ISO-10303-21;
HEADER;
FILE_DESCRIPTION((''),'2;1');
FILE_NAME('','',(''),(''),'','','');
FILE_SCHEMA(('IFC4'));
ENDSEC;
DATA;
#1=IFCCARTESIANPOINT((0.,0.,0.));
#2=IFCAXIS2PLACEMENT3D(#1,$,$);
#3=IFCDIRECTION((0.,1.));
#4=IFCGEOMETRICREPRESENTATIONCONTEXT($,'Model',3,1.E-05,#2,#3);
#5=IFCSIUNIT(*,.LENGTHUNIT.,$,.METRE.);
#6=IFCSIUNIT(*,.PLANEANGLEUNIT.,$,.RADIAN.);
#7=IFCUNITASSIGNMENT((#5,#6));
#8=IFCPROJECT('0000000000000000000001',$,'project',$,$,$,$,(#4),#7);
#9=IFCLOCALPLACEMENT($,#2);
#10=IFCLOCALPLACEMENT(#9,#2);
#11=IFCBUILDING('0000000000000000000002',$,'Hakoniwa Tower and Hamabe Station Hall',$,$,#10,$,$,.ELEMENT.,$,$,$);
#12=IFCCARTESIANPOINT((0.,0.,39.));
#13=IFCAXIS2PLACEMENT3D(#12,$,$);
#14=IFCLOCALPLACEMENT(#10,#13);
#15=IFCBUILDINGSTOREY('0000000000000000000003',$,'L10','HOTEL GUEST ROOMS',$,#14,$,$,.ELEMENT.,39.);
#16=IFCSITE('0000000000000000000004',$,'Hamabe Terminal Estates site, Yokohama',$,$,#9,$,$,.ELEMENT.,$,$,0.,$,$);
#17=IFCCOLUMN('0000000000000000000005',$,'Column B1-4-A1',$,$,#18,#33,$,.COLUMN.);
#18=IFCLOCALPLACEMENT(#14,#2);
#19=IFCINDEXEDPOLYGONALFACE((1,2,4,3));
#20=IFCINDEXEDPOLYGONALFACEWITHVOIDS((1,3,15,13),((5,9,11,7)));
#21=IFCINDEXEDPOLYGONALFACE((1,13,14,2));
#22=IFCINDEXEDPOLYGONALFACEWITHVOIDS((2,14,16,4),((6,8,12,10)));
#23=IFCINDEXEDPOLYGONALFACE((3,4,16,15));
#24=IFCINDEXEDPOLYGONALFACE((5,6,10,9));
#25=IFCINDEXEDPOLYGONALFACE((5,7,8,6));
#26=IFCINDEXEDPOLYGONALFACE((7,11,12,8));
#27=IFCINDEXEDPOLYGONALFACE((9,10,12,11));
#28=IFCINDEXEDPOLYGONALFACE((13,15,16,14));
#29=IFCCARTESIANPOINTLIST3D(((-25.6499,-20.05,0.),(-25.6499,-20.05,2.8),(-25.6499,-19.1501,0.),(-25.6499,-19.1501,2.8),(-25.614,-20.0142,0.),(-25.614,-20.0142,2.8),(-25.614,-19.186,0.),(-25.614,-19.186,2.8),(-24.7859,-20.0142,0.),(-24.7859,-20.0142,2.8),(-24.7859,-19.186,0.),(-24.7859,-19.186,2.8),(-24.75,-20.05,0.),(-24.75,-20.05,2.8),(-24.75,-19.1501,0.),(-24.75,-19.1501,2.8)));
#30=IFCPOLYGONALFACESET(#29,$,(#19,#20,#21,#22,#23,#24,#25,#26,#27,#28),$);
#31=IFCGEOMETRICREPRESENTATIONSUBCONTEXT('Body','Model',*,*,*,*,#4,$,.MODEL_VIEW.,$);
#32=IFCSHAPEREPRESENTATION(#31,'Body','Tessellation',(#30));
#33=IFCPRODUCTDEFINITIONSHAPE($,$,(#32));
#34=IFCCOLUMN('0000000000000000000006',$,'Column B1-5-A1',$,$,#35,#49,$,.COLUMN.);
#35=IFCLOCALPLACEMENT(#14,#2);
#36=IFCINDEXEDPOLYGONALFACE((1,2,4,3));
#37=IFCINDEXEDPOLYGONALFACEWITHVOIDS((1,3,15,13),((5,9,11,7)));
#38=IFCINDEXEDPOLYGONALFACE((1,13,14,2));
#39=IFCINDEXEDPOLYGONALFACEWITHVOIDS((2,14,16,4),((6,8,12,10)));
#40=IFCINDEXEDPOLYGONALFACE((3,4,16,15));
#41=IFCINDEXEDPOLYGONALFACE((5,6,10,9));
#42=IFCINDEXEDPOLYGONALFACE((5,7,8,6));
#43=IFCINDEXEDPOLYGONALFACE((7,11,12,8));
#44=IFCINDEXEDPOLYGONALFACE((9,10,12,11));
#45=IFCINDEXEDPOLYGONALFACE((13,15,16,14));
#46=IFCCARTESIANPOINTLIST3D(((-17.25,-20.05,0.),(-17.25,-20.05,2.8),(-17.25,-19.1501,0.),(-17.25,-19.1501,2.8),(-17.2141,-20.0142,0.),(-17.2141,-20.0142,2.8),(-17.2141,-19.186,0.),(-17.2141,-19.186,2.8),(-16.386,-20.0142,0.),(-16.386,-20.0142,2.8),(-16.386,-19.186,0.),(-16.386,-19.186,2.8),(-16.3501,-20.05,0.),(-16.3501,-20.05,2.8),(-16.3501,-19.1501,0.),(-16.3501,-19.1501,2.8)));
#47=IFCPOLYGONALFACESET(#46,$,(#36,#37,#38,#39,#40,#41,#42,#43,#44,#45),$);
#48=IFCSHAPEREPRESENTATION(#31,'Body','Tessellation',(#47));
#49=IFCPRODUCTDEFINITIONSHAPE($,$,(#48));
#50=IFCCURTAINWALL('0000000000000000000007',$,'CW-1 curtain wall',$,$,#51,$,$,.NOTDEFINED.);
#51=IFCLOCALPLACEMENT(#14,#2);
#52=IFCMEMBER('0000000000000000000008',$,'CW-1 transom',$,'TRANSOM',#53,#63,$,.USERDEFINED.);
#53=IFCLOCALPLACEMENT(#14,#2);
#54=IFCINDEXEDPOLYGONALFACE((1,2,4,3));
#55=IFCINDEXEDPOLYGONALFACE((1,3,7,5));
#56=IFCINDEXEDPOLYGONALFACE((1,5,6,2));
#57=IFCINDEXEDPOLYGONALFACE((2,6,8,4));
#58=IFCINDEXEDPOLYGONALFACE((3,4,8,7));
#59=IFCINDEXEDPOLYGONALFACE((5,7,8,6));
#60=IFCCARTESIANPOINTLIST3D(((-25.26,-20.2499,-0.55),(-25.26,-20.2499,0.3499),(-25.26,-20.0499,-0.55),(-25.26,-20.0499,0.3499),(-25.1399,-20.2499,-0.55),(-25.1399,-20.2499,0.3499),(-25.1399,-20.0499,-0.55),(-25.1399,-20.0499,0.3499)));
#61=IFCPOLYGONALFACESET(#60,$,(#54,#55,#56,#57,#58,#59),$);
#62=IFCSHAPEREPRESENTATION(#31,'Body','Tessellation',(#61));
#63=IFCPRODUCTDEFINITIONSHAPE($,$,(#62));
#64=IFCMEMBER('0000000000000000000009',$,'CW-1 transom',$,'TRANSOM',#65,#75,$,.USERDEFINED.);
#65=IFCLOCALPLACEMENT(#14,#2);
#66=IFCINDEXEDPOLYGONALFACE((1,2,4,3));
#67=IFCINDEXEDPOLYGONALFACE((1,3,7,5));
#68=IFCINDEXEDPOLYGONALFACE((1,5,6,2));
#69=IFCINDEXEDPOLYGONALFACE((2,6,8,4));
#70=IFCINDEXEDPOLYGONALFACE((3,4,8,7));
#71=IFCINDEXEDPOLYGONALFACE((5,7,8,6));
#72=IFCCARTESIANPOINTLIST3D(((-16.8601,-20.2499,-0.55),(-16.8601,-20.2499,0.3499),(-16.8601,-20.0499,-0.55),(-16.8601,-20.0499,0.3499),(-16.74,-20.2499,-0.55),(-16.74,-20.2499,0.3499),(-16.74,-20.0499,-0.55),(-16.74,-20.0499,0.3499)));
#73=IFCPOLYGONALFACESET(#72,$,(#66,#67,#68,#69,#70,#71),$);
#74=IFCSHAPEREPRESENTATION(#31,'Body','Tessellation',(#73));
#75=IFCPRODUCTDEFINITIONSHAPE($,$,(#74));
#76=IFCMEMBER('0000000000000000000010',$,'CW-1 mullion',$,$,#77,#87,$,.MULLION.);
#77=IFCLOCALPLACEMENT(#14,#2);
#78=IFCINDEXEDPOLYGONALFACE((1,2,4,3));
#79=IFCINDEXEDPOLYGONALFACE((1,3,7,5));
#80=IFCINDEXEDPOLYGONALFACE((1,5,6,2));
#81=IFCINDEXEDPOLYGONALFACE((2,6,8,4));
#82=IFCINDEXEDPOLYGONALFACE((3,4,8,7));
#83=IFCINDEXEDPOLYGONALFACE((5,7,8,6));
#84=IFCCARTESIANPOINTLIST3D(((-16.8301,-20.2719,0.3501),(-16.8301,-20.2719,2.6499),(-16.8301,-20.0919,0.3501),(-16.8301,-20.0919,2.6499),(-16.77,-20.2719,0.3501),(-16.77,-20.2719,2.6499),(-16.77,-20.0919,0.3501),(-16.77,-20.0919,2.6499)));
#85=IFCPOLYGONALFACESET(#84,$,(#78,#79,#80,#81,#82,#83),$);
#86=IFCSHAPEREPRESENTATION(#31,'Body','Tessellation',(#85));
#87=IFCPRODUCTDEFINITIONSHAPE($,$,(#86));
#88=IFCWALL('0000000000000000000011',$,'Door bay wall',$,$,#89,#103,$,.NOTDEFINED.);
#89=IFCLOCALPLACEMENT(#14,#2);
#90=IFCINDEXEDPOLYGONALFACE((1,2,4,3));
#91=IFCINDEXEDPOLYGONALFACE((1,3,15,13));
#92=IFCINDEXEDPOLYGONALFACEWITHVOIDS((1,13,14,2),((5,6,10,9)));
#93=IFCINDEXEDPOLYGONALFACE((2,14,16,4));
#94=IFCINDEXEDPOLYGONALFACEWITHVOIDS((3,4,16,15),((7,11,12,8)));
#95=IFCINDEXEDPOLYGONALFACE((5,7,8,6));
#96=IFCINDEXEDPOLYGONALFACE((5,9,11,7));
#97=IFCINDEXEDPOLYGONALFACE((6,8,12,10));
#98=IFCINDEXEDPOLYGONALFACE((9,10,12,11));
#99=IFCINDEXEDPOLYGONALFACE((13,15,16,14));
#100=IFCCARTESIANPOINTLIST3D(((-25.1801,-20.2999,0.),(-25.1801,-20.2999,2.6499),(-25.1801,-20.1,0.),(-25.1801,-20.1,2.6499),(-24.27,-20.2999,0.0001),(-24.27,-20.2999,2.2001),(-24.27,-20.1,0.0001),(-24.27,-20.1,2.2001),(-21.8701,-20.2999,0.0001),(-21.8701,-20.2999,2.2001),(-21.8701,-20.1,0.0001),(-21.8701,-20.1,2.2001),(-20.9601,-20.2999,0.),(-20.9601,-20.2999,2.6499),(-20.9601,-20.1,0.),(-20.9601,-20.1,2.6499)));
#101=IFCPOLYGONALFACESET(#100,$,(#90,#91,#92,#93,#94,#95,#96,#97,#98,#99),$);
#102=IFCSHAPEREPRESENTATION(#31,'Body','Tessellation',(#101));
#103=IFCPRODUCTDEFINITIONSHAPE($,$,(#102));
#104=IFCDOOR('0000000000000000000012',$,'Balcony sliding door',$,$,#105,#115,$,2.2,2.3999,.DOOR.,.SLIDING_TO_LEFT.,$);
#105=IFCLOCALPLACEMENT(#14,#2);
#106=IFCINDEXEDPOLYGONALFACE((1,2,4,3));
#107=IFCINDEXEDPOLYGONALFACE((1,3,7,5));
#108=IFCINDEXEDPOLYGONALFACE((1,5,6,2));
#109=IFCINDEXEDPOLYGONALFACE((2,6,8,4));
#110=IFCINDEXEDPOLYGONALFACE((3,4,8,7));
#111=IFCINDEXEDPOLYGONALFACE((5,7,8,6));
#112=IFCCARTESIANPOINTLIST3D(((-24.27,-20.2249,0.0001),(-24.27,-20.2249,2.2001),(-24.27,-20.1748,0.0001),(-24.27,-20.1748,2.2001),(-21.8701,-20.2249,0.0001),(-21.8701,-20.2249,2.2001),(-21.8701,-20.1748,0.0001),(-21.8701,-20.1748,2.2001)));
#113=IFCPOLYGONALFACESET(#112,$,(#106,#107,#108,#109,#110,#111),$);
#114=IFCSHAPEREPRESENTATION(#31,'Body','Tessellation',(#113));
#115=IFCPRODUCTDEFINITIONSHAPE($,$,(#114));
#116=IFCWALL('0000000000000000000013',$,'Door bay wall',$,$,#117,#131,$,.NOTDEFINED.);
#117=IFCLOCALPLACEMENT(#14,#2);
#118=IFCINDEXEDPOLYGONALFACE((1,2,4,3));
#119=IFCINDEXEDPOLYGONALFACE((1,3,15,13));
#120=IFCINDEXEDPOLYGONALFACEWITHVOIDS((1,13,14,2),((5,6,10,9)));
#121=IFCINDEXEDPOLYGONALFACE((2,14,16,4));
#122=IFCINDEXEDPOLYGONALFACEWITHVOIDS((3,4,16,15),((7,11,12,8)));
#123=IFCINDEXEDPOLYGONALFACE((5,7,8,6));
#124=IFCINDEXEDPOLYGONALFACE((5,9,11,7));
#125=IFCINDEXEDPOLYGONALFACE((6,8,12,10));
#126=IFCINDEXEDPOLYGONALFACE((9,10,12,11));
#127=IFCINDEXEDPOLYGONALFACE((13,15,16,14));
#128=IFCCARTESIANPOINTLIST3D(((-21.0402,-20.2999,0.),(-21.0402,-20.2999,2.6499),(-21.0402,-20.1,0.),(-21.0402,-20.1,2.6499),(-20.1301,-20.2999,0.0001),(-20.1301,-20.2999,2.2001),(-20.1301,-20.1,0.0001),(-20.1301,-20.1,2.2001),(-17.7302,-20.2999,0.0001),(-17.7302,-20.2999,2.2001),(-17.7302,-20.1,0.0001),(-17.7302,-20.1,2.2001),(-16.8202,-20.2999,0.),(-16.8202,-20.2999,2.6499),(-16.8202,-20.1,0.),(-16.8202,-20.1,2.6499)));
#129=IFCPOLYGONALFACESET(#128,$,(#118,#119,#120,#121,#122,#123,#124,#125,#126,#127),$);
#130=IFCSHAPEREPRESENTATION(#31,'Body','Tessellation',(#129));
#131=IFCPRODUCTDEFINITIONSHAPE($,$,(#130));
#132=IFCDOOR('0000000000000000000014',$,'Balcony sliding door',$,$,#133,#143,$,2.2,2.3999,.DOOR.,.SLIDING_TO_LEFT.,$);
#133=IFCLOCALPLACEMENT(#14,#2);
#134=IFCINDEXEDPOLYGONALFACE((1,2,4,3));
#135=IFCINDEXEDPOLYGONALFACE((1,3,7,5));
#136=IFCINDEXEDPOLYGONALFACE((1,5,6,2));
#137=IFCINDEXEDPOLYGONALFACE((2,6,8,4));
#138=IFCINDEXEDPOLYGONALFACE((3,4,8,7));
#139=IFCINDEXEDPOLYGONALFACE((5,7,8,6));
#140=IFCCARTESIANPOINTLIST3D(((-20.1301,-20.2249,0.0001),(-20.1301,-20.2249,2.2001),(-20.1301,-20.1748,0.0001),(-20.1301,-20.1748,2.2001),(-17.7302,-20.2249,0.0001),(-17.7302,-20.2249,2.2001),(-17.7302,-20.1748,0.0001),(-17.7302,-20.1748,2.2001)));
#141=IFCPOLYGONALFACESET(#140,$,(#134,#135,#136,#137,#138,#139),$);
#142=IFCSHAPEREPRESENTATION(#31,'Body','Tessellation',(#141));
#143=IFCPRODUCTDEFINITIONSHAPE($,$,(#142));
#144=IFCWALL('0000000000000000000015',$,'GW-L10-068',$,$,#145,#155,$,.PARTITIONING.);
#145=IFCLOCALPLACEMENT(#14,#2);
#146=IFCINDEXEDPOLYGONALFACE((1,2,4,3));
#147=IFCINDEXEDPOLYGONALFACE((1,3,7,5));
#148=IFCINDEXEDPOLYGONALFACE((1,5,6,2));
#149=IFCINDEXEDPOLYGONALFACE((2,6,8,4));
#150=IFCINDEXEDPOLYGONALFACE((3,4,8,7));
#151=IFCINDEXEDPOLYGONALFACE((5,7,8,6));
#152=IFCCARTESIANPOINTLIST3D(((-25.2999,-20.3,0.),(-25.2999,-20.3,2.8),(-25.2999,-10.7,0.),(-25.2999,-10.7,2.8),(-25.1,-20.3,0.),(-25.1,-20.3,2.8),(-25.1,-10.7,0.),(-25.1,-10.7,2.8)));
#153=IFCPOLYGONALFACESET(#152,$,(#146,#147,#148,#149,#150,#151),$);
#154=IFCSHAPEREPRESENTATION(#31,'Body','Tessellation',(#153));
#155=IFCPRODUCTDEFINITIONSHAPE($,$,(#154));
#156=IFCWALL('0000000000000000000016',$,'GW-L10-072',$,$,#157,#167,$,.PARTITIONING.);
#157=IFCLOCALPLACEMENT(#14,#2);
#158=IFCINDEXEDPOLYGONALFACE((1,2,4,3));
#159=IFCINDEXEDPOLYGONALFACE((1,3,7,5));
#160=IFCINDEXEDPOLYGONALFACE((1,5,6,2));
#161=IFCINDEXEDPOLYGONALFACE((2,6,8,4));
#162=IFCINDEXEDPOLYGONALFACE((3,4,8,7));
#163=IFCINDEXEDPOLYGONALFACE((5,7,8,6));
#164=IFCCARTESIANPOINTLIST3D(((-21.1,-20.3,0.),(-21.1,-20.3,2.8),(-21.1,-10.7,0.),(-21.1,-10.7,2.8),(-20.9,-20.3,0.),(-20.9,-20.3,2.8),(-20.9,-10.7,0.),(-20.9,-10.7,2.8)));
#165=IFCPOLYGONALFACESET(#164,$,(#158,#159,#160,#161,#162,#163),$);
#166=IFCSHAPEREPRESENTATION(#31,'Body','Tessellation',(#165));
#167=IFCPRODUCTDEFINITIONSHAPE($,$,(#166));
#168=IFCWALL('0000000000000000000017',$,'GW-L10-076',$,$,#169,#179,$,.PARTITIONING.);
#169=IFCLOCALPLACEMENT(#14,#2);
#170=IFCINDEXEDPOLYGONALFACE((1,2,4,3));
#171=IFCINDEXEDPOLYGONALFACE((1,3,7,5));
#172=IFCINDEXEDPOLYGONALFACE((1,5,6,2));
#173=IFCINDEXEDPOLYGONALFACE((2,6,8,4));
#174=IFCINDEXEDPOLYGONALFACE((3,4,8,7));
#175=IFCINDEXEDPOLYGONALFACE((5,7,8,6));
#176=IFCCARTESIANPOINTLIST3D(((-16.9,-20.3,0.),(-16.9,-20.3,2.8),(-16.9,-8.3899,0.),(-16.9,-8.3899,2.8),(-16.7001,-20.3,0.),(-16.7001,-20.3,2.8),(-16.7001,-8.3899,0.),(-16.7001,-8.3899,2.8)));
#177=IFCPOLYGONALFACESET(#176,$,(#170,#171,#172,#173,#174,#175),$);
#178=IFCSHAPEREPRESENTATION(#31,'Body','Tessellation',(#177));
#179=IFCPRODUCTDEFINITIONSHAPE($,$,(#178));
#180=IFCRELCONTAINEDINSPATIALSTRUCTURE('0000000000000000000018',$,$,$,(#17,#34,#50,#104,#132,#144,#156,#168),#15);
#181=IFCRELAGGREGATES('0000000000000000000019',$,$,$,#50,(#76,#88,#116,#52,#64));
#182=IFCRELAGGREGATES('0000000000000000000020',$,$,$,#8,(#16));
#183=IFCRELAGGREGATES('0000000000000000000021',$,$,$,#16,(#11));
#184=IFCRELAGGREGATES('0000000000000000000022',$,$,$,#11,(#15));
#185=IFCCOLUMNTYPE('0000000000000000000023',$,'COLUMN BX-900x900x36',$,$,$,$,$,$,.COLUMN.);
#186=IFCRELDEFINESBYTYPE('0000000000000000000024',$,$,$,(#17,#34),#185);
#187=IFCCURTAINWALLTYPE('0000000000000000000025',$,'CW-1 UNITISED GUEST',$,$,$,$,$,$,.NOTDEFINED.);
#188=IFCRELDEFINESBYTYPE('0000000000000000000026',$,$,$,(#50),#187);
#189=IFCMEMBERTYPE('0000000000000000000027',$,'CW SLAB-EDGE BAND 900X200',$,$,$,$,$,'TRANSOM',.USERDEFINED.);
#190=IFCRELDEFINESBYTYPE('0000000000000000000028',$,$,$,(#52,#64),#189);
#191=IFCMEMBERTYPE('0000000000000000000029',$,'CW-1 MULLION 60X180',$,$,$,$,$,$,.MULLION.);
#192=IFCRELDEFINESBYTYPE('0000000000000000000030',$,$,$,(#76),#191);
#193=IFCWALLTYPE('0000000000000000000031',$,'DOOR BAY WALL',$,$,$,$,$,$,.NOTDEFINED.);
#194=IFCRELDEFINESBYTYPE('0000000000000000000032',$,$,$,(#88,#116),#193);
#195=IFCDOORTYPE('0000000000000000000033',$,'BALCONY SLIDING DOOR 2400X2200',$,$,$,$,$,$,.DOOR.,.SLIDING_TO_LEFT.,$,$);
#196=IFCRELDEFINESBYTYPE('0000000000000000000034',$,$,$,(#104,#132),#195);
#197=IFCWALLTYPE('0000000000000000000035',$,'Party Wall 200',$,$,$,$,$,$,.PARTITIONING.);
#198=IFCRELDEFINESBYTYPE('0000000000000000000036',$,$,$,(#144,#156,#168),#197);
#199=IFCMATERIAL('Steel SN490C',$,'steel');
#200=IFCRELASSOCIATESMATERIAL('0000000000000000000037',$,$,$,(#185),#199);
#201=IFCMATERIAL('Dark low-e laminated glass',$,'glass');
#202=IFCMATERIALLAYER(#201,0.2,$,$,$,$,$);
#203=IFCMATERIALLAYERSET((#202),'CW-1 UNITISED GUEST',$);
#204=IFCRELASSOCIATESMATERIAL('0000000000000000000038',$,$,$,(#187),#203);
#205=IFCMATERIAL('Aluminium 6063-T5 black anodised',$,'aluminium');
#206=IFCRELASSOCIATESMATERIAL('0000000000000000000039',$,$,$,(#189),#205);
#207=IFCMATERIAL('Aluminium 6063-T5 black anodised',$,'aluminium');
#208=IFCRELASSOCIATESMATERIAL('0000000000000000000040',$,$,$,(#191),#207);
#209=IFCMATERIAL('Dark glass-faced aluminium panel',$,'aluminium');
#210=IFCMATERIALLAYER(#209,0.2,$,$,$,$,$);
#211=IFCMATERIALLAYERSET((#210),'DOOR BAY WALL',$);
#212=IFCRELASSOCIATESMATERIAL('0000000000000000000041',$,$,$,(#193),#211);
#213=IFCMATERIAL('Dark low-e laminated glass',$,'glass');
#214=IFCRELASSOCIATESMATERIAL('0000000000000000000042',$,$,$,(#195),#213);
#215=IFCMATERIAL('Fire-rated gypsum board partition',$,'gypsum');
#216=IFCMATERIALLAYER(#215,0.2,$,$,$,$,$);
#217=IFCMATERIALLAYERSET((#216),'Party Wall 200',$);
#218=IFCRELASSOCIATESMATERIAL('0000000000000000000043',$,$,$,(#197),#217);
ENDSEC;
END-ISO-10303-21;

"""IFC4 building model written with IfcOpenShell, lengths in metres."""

from ifc_helpers import new_model, si_unit, direction, frame, frame_2d, origin, origin_2d, place, context, subcontext, project, spatial, rectangle, hollow_rectangle, extrude, material, layer, layer_set, material_profile, profile_set, type_object, element, fill, aggregate, save


model = new_model("IFC4")

# Units and contexts
model_context = context("Model", 3, precision=1e-05, world=origin(), true_north=direction((0.0, 1.0)))
body_context = subcontext(model_context, "Body", "Model", "MODEL_VIEW")
ifc_project = project(units=[si_unit("LENGTHUNIT", "METRE"), si_unit("PLANEANGLEUNIT", "RADIAN")], contexts=[model_context])

# Site, building, storey
site_placement = place(None, origin())
site = spatial("IfcSite", under=ifc_project, at=site_placement, Name="Hamabe Terminal Estates site, Yokohama", CompositionType="ELEMENT", RefElevation=0.0)
building_placement = place(site_placement, origin())
building = spatial("IfcBuilding", under=site, at=building_placement, Name="Hakoniwa Tower and Hamabe Station Hall", CompositionType="ELEMENT")
storey_placement = place(building_placement, frame((0.0, 0.0, 39.0)))
storey = spatial("IfcBuildingStorey", under=building, at=storey_placement, Name="L10", Description="HOTEL GUEST ROOMS", CompositionType="ELEMENT", Elevation=39.0)

# Columns
ifc_material_1 = material(Name="Steel SN490C", Category="steel")
ifc_material_profile_1 = material_profile(ifc_material_1, hollow_rectangle(XDim=0.8999, YDim=0.8999, WallThickness=0.0359, at=origin_2d()), Name="BX-900x900x36")
ifc_profile_set_1 = profile_set([ifc_material_profile_1], Name="Steel SN490C")
column_type = type_object("IfcColumnType", Name="COLUMN BX-900x900x36", PredefinedType="COLUMN", material=ifc_profile_set_1)
for number, where, z_axis, x_axis, name in (
    (1, (-25.2, -19.6001, 0.0), (0.0, 0.0, 1.0), (1.0, 0.0, 0.0), "Column B1-4-A1"),
    (2, (-16.8, -19.6001, 0.0), (0.0, 0.0, 1.0), (1.0, 0.0, 0.0), "Column B1-5-A1"),
):
    element("IfcColumn", number, at=place(storey_placement, frame(where, z_axis=z_axis, x_axis=x_axis)), inside=storey, type_object=column_type, Name=name, PredefinedType="COLUMN", context=body_context, shape_type="SweptSolid", body=[
        extrude(hollow_rectangle(XDim=0.8999, YDim=0.8999, WallThickness=0.0359, at=origin_2d()), origin(), (0.0, 0.0, 1.0), 2.8),
    ])

# Curtain wall, members, walls, openings, doors
ifc_material_2 = material(Name="Dark low-e laminated glass", Category="glass")
ifc_layer_1 = layer(ifc_material_2, 0.2)
ifc_layer_set_1 = layer_set([ifc_layer_1], Name="CW-1 UNITISED GUEST")
curtain_wall_type = type_object("IfcCurtainWallType", Name="CW-1 UNITISED GUEST", PredefinedType="NOTDEFINED", material=ifc_layer_set_1)
curtain_wall_placement = place(storey_placement, origin())
curtain_wall = element("IfcCurtainWall", 3, at=curtain_wall_placement, inside=storey, type_object=curtain_wall_type, Name="CW-1 curtain wall", PredefinedType="NOTDEFINED")
ifc_material_3 = material(Name="Aluminium 6063-T5 black anodised", Category="aluminium")
ifc_material_profile_2 = material_profile(ifc_material_3, rectangle(XDim=0.2, YDim=0.8999, at=origin_2d()), Name="CW SLAB-EDGE BAND 900X200")
ifc_profile_set_2 = profile_set([ifc_material_profile_2], Name="Aluminium 6063-T5 black anodised")
member_type_1 = type_object("IfcMemberType", Name="CW SLAB-EDGE BAND 900X200", ElementType="TRANSOM", PredefinedType="USERDEFINED", material=ifc_profile_set_2)
member_1_placement = place(storey_placement, frame((-25.26, -20.1499, -0.1001), z_axis=(1.0, 0.0, 0.0), x_axis=(0.0, 1.0, 0.0)))
member_1 = element("IfcMember", 4, at=member_1_placement, type_object=member_type_1, Name="CW-1 transom", ObjectType="TRANSOM", PredefinedType="USERDEFINED", context=body_context, shape_type="SweptSolid", body=[
    extrude(rectangle(XDim=0.2, YDim=0.8999, at=origin_2d()), origin(), (0.0, 0.0, 1.0), 0.1201),
])
member_2_placement = place(storey_placement, frame((-16.8601, -20.1499, -0.1001), z_axis=(1.0, 0.0, 0.0), x_axis=(0.0, 1.0, 0.0)))
member_2 = element("IfcMember", 5, at=member_2_placement, type_object=member_type_1, Name="CW-1 transom", ObjectType="TRANSOM", PredefinedType="USERDEFINED", context=body_context, shape_type="SweptSolid", body=[
    extrude(rectangle(XDim=0.2, YDim=0.8999, at=origin_2d()), origin(), (0.0, 0.0, 1.0), 0.1201),
])
ifc_material_4 = material(Name="Aluminium 6063-T5 black anodised", Category="aluminium")
ifc_material_profile_3 = material_profile(ifc_material_4, rectangle(XDim=0.0601, YDim=0.1799, at=origin_2d()), Name="CW-1 MULLION 60X180")
ifc_profile_set_3 = profile_set([ifc_material_profile_3], Name="Aluminium 6063-T5 black anodised")
member_type_2 = type_object("IfcMemberType", Name="CW-1 MULLION 60X180", PredefinedType="MULLION", material=ifc_profile_set_3)
member_3_placement = place(storey_placement, frame((-16.8, -20.1819, 0.3501), z_axis=(0.0, 0.0, 1.0), x_axis=(1.0, 0.0, 0.0)))
member_3 = element("IfcMember", 6, at=member_3_placement, type_object=member_type_2, Name="CW-1 mullion", PredefinedType="MULLION", context=body_context, shape_type="SweptSolid", body=[
    extrude(rectangle(XDim=0.0601, YDim=0.1799, at=origin_2d()), origin(), (0.0, 0.0, 1.0), 2.2998),
])
ifc_material_5 = material(Name="Dark glass-faced aluminium panel", Category="aluminium")
ifc_layer_2 = layer(ifc_material_5, 0.2)
ifc_layer_set_2 = layer_set([ifc_layer_2], Name="DOOR BAY WALL")
wall_type_1 = type_object("IfcWallType", Name="DOOR BAY WALL", PredefinedType="NOTDEFINED", material=ifc_layer_set_2)
wall_1_placement = place(storey_placement, frame((-25.1799, -20.2, 0.0), z_axis=(0.0, 0.0, 1.0), x_axis=(1.0, 0.0, 0.0)))
wall_1 = element("IfcWall", 7, at=wall_1_placement, type_object=wall_type_1, Name="Door bay wall", PredefinedType="NOTDEFINED", context=body_context, shape_type="SweptSolid", body=[
    extrude(rectangle(XDim=4.22, YDim=0.2, at=frame_2d((2.1099, 0.0))), origin(), (0.0, 0.0, 1.0), 2.6499),
])
opening_1_placement = place(wall_1_placement, frame((0.9099, 0.0, 0.0)))
opening_1 = element("IfcOpeningElement", 8, at=opening_1_placement, cuts=wall_1, PredefinedType="OPENING", context=body_context, shape_type="SweptSolid", body=[
    extrude(rectangle(XDim=2.3999, YDim=2.2, at=frame_2d((1.2, 1.1001))), frame((0.0, 0.1099, 0.0), z_axis=(0.0, -1.0, 0.0), x_axis=(1.0, 0.0, 0.0)), (0.0, 0.0, 1.0), 0.22),
])
ifc_material_6 = material(Name="Dark low-e laminated glass", Category="glass")
door_type = type_object("IfcDoorType", Name="BALCONY SLIDING DOOR 2400X2200", OperationType="SLIDING_TO_LEFT", PredefinedType="DOOR", material=ifc_material_6)
door_1_placement = place(opening_1_placement, frame((2.3999, 0.0, 0.0), z_axis=(0.0, 0.0, 1.0), x_axis=(-1.0, 0.0, 0.0)))
door_1 = element("IfcDoor", 9, at=door_1_placement, inside=storey, type_object=door_type, Name="Balcony sliding door", OperationType="SLIDING_TO_LEFT", OverallHeight=2.2, OverallWidth=2.3999, PredefinedType="DOOR", context=body_context, shape_type="SweptSolid", body=[
    extrude(rectangle(XDim=2.3999, YDim=2.2, at=frame_2d((1.2, 1.1001))), frame((0.0, 0.0249, 0.0), z_axis=(0.0, -1.0, 0.0), x_axis=(1.0, 0.0, 0.0)), (0.0, 0.0, 1.0), 0.05),
])
fill(opening_1, door_1)
wall_2_placement = place(storey_placement, frame((-21.04, -20.2, 0.0), z_axis=(0.0, 0.0, 1.0), x_axis=(1.0, 0.0, 0.0)))
wall_2 = element("IfcWall", 10, at=wall_2_placement, type_object=wall_type_1, Name="Door bay wall", PredefinedType="NOTDEFINED", context=body_context, shape_type="SweptSolid", body=[
    extrude(rectangle(XDim=4.22, YDim=0.2, at=frame_2d((2.1099, 0.0))), origin(), (0.0, 0.0, 1.0), 2.6499),
])
opening_2_placement = place(wall_2_placement, frame((0.9099, 0.0, 0.0)))
opening_2 = element("IfcOpeningElement", 11, at=opening_2_placement, cuts=wall_2, PredefinedType="OPENING", context=body_context, shape_type="SweptSolid", body=[
    extrude(rectangle(XDim=2.3999, YDim=2.2, at=frame_2d((1.2, 1.1001))), frame((0.0, 0.1099, 0.0), z_axis=(0.0, -1.0, 0.0), x_axis=(1.0, 0.0, 0.0)), (0.0, 0.0, 1.0), 0.22),
])
door_2_placement = place(opening_2_placement, frame((2.3999, 0.0, 0.0), z_axis=(0.0, 0.0, 1.0), x_axis=(-1.0, 0.0, 0.0)))
door_2 = element("IfcDoor", 12, at=door_2_placement, inside=storey, type_object=door_type, Name="Balcony sliding door", OperationType="SLIDING_TO_LEFT", OverallHeight=2.2, OverallWidth=2.3999, PredefinedType="DOOR", context=body_context, shape_type="SweptSolid", body=[
    extrude(rectangle(XDim=2.3999, YDim=2.2, at=frame_2d((1.2, 1.1001))), frame((0.0, 0.0249, 0.0), z_axis=(0.0, -1.0, 0.0), x_axis=(1.0, 0.0, 0.0)), (0.0, 0.0, 1.0), 0.05),
])
fill(opening_2, door_2)
aggregate(curtain_wall, [member_3, wall_1, wall_2, member_1, member_2])

# Walls
ifc_material_7 = material(Name="Fire-rated gypsum board partition", Category="gypsum")
ifc_layer_3 = layer(ifc_material_7, 0.2)
ifc_layer_set_3 = layer_set([ifc_layer_3], Name="Party Wall 200")
wall_type_2 = type_object("IfcWallType", Name="Party Wall 200", PredefinedType="PARTITIONING", material=ifc_layer_set_3)
for number, where, z_axis, x_axis, name in (
    (13, (-25.2, -20.3, 0.0), (0.0, 0.0, 1.0), (0.0, 1.0, 0.0), "GW-L10-068"),
    (14, (-21.0, -20.3, 0.0), (0.0, 0.0, 1.0), (0.0, 1.0, 0.0), "GW-L10-072"),
):
    element("IfcWall", number, at=place(storey_placement, frame(where, z_axis=z_axis, x_axis=x_axis)), inside=storey, type_object=wall_type_2, Name=name, PredefinedType="PARTITIONING", context=body_context, shape_type="SweptSolid", body=[
        extrude(rectangle(XDim=9.6001, YDim=0.2, at=frame_2d((4.8, 0.0))), origin(), (0.0, 0.0, 1.0), 2.8),
    ])
wall_3_placement = place(storey_placement, frame((-16.8, -20.3, 0.0), z_axis=(0.0, 0.0, 1.0), x_axis=(0.0, 1.0, 0.0)))
element("IfcWall", 15, at=wall_3_placement, inside=storey, type_object=wall_type_2, Name="GW-L10-076", PredefinedType="PARTITIONING", context=body_context, shape_type="SweptSolid", body=[
    extrude(rectangle(XDim=11.9102, YDim=0.2, at=frame_2d((5.9551, 0.0))), origin(), (0.0, 0.0, 1.0), 2.8),
])

save(model, "model.ifc")
